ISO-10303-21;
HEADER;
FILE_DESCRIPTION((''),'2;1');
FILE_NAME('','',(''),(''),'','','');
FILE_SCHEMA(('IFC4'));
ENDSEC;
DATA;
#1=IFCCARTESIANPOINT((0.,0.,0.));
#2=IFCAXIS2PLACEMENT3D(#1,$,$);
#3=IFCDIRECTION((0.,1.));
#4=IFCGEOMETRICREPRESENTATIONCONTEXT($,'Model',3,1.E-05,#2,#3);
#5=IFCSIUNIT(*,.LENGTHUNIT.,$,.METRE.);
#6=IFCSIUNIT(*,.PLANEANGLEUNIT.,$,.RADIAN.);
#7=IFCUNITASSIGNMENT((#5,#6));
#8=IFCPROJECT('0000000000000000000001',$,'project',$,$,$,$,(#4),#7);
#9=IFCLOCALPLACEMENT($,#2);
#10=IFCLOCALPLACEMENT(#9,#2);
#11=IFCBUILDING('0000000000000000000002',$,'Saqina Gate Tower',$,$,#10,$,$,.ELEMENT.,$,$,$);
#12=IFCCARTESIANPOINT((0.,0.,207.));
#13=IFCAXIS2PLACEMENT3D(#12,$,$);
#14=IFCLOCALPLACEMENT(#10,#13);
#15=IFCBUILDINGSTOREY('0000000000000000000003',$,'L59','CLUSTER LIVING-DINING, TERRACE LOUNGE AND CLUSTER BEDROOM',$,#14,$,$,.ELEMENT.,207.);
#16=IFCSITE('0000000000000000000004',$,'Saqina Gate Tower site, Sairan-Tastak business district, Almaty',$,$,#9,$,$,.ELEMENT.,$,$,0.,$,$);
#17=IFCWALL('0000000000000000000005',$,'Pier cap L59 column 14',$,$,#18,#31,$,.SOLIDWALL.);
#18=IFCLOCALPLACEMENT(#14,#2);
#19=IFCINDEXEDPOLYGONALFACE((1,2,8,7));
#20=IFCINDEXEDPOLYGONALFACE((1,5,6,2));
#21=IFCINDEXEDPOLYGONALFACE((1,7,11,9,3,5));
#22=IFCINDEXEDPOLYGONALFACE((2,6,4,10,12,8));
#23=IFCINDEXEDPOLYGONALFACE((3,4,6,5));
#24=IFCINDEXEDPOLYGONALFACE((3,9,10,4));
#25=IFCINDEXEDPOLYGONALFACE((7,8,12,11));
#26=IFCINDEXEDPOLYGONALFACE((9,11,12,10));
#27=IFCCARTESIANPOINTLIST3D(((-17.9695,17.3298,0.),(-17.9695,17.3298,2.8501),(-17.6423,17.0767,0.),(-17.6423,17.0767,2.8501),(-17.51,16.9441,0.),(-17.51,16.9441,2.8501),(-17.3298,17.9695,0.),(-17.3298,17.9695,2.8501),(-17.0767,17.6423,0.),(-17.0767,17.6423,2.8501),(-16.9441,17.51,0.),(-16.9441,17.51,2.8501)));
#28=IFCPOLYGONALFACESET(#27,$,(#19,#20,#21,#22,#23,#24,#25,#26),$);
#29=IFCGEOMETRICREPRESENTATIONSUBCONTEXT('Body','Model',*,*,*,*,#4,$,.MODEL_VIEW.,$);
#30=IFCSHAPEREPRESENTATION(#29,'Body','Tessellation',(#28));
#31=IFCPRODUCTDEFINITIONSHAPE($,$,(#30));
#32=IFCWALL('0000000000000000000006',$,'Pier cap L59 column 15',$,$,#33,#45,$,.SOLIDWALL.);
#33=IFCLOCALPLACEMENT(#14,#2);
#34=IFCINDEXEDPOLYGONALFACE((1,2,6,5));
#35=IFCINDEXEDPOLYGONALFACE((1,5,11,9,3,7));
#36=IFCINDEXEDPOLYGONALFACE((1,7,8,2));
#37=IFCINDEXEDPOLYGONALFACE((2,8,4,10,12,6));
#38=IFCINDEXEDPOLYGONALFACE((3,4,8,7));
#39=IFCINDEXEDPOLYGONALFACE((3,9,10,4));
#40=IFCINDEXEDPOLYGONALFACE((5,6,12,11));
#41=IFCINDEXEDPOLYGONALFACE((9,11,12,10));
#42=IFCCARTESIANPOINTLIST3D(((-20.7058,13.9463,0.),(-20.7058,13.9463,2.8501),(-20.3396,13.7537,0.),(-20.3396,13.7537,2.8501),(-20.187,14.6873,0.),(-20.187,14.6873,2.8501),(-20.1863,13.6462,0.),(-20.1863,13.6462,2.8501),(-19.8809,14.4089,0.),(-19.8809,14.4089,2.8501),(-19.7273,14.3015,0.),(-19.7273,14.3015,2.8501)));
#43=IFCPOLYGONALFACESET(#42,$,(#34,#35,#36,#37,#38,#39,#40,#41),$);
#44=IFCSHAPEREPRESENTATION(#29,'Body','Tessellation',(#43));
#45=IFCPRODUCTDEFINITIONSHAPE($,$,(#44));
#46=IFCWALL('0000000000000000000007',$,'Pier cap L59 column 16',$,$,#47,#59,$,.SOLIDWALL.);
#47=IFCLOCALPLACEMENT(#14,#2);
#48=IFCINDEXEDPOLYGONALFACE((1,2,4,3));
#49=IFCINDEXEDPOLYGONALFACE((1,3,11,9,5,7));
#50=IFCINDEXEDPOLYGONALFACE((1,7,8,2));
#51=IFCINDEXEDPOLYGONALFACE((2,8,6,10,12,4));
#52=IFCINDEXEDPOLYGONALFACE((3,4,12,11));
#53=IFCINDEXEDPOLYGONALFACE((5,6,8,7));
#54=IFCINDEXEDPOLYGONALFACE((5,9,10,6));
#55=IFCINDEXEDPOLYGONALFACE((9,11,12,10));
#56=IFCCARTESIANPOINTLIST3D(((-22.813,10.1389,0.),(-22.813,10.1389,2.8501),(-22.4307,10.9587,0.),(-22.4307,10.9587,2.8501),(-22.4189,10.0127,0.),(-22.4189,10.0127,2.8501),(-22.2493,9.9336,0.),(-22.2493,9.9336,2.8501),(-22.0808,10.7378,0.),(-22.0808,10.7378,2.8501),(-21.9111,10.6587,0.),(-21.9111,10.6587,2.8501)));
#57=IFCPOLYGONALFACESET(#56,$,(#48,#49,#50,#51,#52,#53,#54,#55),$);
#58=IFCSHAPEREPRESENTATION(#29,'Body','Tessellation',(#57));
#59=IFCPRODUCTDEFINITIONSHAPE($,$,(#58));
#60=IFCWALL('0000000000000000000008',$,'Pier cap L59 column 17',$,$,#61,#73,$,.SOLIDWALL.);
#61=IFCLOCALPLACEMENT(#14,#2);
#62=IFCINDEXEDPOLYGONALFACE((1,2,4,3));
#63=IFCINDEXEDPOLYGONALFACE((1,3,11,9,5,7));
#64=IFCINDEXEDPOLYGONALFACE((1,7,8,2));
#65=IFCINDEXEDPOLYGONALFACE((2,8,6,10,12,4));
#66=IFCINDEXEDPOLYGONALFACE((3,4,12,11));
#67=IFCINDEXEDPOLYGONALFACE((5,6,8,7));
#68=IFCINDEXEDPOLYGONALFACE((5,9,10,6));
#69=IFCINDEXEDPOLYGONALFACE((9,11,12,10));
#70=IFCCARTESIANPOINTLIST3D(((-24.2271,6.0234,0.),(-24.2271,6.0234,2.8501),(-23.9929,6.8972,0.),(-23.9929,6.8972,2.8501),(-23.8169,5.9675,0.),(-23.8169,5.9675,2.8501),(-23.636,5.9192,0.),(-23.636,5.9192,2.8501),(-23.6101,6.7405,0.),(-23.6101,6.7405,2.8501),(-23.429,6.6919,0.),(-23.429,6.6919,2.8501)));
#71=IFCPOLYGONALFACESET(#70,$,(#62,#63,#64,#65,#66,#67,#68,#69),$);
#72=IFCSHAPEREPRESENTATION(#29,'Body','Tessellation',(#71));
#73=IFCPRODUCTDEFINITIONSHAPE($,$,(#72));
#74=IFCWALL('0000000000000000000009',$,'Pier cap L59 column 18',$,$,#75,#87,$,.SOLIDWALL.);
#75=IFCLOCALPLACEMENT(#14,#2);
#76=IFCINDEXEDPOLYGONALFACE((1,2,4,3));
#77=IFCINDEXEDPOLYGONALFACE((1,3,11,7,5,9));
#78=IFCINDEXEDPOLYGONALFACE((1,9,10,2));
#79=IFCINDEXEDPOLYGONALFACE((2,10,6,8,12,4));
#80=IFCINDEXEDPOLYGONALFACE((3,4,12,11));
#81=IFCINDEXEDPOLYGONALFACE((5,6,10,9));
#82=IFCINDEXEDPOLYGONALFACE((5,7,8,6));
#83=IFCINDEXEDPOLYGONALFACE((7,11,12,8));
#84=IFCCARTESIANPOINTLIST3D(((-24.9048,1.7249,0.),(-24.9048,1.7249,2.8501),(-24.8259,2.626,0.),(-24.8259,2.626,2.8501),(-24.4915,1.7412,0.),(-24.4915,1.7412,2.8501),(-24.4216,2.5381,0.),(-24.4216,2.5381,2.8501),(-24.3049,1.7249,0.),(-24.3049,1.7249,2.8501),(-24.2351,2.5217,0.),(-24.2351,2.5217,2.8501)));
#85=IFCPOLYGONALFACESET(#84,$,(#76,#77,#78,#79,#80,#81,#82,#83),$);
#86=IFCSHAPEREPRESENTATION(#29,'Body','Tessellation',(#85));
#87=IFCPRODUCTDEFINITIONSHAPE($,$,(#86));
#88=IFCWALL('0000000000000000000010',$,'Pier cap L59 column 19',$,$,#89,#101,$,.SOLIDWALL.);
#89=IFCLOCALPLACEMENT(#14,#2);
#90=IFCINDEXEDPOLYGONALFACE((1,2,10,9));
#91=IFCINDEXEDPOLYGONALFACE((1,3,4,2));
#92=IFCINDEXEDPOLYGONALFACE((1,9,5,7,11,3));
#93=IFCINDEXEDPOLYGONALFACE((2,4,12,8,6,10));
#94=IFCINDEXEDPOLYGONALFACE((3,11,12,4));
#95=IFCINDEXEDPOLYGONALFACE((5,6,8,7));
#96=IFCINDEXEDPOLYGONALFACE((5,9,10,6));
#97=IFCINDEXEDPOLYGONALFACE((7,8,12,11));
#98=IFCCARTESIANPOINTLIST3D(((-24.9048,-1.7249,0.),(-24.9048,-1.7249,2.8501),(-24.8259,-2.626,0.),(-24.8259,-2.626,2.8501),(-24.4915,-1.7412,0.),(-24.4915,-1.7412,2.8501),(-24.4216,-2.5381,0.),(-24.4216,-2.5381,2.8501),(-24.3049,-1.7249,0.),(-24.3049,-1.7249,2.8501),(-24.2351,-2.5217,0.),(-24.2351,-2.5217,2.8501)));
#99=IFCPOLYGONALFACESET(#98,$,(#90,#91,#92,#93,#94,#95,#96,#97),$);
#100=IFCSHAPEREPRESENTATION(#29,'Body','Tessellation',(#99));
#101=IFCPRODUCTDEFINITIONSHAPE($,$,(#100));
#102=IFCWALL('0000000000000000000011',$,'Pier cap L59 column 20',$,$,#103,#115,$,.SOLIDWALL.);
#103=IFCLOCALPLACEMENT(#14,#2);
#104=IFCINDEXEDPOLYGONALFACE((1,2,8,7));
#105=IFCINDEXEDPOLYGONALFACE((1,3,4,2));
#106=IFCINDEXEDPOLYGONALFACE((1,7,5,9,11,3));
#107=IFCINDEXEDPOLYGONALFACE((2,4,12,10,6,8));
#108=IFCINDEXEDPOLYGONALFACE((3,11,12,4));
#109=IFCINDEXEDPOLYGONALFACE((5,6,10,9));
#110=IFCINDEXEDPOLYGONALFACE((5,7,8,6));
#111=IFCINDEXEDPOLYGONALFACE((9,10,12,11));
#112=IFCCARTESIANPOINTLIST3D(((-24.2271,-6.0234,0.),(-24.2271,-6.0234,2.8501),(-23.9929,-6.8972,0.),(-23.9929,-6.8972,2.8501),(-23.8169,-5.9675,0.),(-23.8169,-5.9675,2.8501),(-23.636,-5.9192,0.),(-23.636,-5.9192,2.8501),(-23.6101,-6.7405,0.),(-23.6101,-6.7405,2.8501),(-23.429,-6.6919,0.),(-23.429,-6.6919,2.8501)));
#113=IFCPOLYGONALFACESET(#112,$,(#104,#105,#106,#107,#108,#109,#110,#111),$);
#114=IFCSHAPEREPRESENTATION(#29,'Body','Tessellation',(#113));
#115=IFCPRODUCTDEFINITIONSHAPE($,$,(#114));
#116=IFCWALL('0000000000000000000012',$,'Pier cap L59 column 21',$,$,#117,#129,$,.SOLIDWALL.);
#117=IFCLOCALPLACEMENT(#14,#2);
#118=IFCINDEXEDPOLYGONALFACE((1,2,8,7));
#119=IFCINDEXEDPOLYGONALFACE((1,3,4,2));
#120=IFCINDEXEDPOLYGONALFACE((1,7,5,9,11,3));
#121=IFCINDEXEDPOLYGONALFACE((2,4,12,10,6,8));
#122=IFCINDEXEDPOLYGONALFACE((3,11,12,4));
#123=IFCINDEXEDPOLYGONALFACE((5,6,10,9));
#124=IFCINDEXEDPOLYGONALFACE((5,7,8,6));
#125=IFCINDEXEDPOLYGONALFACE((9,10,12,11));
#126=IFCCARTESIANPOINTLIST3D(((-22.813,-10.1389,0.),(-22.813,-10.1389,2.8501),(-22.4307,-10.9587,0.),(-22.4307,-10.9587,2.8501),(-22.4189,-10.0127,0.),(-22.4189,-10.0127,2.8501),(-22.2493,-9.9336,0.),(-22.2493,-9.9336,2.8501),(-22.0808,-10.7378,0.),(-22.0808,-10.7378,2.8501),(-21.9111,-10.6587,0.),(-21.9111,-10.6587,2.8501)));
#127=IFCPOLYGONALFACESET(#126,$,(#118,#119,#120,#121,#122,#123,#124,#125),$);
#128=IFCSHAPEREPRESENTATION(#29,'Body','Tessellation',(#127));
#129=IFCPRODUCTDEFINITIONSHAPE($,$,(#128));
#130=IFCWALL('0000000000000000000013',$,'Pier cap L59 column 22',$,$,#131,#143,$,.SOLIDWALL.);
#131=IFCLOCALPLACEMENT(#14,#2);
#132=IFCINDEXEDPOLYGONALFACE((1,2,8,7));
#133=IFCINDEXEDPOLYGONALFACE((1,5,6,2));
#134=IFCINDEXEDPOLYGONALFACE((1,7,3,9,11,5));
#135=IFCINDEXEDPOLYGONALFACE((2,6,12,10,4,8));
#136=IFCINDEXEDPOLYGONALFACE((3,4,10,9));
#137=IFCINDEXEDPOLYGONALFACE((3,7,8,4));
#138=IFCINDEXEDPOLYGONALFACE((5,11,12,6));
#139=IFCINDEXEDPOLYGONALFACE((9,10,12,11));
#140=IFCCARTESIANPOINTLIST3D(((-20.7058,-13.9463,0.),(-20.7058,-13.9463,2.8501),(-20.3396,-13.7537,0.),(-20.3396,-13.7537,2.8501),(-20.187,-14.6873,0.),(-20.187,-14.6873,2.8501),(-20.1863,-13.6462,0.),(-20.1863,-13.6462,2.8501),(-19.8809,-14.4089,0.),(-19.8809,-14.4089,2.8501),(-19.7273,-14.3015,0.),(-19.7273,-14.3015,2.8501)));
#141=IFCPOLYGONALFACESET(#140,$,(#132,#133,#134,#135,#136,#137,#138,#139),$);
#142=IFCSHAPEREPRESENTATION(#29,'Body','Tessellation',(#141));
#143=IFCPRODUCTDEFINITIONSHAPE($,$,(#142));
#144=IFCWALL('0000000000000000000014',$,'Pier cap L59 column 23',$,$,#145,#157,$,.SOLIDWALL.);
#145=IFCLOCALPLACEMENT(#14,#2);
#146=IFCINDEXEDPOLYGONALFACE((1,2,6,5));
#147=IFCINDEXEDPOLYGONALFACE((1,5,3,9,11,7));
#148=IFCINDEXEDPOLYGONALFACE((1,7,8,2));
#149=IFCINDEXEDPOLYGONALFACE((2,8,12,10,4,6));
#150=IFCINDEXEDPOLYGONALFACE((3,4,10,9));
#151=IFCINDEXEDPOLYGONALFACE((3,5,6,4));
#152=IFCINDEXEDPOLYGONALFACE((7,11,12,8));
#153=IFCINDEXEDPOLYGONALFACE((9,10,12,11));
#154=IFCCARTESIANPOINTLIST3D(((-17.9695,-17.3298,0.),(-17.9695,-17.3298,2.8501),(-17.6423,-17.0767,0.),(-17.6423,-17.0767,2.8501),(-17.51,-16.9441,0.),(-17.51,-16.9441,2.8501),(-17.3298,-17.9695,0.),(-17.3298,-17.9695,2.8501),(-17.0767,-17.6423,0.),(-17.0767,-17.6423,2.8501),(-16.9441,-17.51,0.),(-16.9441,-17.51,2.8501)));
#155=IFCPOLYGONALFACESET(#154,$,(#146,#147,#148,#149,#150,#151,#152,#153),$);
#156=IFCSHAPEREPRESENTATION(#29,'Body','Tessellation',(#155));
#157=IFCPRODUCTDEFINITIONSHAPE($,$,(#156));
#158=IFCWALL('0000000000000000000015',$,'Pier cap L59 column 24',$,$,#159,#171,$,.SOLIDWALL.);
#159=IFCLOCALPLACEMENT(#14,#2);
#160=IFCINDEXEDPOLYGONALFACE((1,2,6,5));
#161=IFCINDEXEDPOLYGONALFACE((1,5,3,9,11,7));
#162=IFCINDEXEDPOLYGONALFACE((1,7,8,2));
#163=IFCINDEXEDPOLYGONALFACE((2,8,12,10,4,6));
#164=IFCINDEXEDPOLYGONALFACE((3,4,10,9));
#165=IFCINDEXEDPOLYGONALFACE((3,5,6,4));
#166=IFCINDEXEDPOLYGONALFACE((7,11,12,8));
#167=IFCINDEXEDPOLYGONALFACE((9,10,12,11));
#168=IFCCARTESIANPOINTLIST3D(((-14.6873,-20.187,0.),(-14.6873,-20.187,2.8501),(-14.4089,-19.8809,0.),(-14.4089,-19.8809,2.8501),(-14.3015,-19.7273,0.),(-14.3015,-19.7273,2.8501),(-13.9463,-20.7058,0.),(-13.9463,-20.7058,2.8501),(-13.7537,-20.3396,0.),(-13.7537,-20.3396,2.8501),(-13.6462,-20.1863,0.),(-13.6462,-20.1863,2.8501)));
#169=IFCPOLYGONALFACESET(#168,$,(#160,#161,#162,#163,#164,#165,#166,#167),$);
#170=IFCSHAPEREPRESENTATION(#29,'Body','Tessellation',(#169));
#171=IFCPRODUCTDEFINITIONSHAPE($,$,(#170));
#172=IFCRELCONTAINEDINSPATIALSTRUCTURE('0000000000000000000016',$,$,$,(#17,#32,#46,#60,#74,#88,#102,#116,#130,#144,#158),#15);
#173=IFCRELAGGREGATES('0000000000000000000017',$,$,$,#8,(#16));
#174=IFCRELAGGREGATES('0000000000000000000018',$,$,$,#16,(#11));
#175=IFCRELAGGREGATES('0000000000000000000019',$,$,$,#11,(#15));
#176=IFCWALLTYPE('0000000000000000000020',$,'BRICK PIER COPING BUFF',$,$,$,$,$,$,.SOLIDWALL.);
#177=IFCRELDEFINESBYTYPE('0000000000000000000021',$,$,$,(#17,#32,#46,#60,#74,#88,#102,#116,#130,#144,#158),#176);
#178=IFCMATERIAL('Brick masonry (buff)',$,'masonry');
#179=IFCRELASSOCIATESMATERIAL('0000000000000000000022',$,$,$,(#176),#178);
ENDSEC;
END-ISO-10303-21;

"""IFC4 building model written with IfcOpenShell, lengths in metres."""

from ifc_helpers import new_model, si_unit, direction, frame, origin, place, context, subcontext, project, spatial, polyline, outline, extrude, material, type_object, element, save


model = new_model("IFC4")

# Units and contexts
model_context = context("Model", 3, precision=1e-05, world=origin(), true_north=direction((0.0, 1.0)))
body_context = subcontext(model_context, "Body", "Model", "MODEL_VIEW")
ifc_project = project(units=[si_unit("LENGTHUNIT", "METRE"), si_unit("PLANEANGLEUNIT", "RADIAN")], contexts=[model_context])

# Site, building, storey
site_placement = place(None, origin())
site = spatial("IfcSite", under=ifc_project, at=site_placement, Name="Saqina Gate Tower site, Sairan-Tastak business district, Almaty", CompositionType="ELEMENT", RefElevation=0.0)
building_placement = place(site_placement, origin())
building = spatial("IfcBuilding", under=site, at=building_placement, Name="Saqina Gate Tower", CompositionType="ELEMENT")
storey_placement = place(building_placement, frame((0.0, 0.0, 207.0)))
storey = spatial("IfcBuildingStorey", under=building, at=storey_placement, Name="L59", Description="CLUSTER LIVING-DINING, TERRACE LOUNGE AND CLUSTER BEDROOM", CompositionType="ELEMENT", Elevation=207.0)

# Walls
ifc_material = material(Name="Brick masonry (buff)", Category="masonry")
wall_type = type_object("IfcWallType", Name="BRICK PIER COPING BUFF", PredefinedType="SOLIDWALL", material=ifc_material)
wall_1_placement = place(storey_placement, origin())
element("IfcWall", 1, at=wall_1_placement, inside=storey, type_object=wall_type, Name="Pier cap L59 column 14", PredefinedType="SOLIDWALL", context=body_context, shape_type="SweptSolid", body=[
    extrude(outline(polyline([(-17.9695, 17.3298), (-17.51, 16.9441), (-17.6423, 17.0767), (-17.0767, 17.6423), (-16.9441, 17.51), (-17.3298, 17.9695), (-17.9695, 17.3298)])), origin(), (0.0, 0.0, 1.0), 2.8501),
])
wall_2_placement = place(storey_placement, origin())
element("IfcWall", 2, at=wall_2_placement, inside=storey, type_object=wall_type, Name="Pier cap L59 column 15", PredefinedType="SOLIDWALL", context=body_context, shape_type="SweptSolid", body=[
    extrude(outline(polyline([(-20.187, 14.6873), (-20.7058, 13.9463), (-20.1863, 13.6462), (-20.3396, 13.7537), (-19.8809, 14.4089), (-19.7273, 14.3015), (-20.187, 14.6873)])), origin(), (0.0, 0.0, 1.0), 2.8501),
])
wall_3_placement = place(storey_placement, origin())
element("IfcWall", 3, at=wall_3_placement, inside=storey, type_object=wall_type, Name="Pier cap L59 column 16", PredefinedType="SOLIDWALL", context=body_context, shape_type="SweptSolid", body=[
    extrude(outline(polyline([(-22.813, 10.1389), (-22.2493, 9.9336), (-22.4189, 10.0127), (-22.0808, 10.7378), (-21.9111, 10.6587), (-22.4307, 10.9587), (-22.813, 10.1389)])), origin(), (0.0, 0.0, 1.0), 2.8501),
])
wall_4_placement = place(storey_placement, origin())
element("IfcWall", 4, at=wall_4_placement, inside=storey, type_object=wall_type, Name="Pier cap L59 column 17", PredefinedType="SOLIDWALL", context=body_context, shape_type="SweptSolid", body=[
    extrude(outline(polyline([(-24.2271, 6.0234), (-23.636, 5.9192), (-23.8169, 5.9675), (-23.6101, 6.7405), (-23.429, 6.6919), (-23.9929, 6.8972), (-24.2271, 6.0234)])), origin(), (0.0, 0.0, 1.0), 2.8501),
])
wall_5_placement = place(storey_placement, origin())
element("IfcWall", 5, at=wall_5_placement, inside=storey, type_object=wall_type, Name="Pier cap L59 column 18", PredefinedType="SOLIDWALL", context=body_context, shape_type="SweptSolid", body=[
    extrude(outline(polyline([(-24.8259, 2.626), (-24.9048, 1.7249), (-24.3049, 1.7249), (-24.4915, 1.7412), (-24.4216, 2.5381), (-24.2351, 2.5217), (-24.8259, 2.626)])), origin(), (0.0, 0.0, 1.0), 2.8501),
])
wall_6_placement = place(storey_placement, origin())
element("IfcWall", 6, at=wall_6_placement, inside=storey, type_object=wall_type, Name="Pier cap L59 column 19", PredefinedType="SOLIDWALL", context=body_context, shape_type="SweptSolid", body=[
    extrude(outline(polyline([(-24.9048, -1.7249), (-24.8259, -2.626), (-24.2351, -2.5217), (-24.4216, -2.5381), (-24.4915, -1.7412), (-24.3049, -1.7249), (-24.9048, -1.7249)])), origin(), (0.0, 0.0, 1.0), 2.8501),
])
wall_7_placement = place(storey_placement, origin())
element("IfcWall", 7, at=wall_7_placement, inside=storey, type_object=wall_type, Name="Pier cap L59 column 20", PredefinedType="SOLIDWALL", context=body_context, shape_type="SweptSolid", body=[
    extrude(outline(polyline([(-24.2271, -6.0234), (-23.9929, -6.8972), (-23.429, -6.6919), (-23.6101, -6.7405), (-23.8169, -5.9675), (-23.636, -5.9192), (-24.2271, -6.0234)])), origin(), (0.0, 0.0, 1.0), 2.8501),
])
wall_8_placement = place(storey_placement, origin())
element("IfcWall", 8, at=wall_8_placement, inside=storey, type_object=wall_type, Name="Pier cap L59 column 21", PredefinedType="SOLIDWALL", context=body_context, shape_type="SweptSolid", body=[
    extrude(outline(polyline([(-22.4307, -10.9587), (-21.9111, -10.6587), (-22.0808, -10.7378), (-22.4189, -10.0127), (-22.2493, -9.9336), (-22.813, -10.1389), (-22.4307, -10.9587)])), origin(), (0.0, 0.0, 1.0), 2.8501),
])
wall_9_placement = place(storey_placement, origin())
element("IfcWall", 9, at=wall_9_placement, inside=storey, type_object=wall_type, Name="Pier cap L59 column 22", PredefinedType="SOLIDWALL", context=body_context, shape_type="SweptSolid", body=[
    extrude(outline(polyline([(-20.7058, -13.9463), (-20.187, -14.6873), (-19.7273, -14.3015), (-19.8809, -14.4089), (-20.3396, -13.7537), (-20.1863, -13.6462), (-20.7058, -13.9463)])), origin(), (0.0, 0.0, 1.0), 2.8501),
])
wall_10_placement = place(storey_placement, origin())
element("IfcWall", 10, at=wall_10_placement, inside=storey, type_object=wall_type, Name="Pier cap L59 column 23", PredefinedType="SOLIDWALL", context=body_context, shape_type="SweptSolid", body=[
    extrude(outline(polyline([(-17.3298, -17.9695), (-16.9441, -17.51), (-17.0767, -17.6423), (-17.6423, -17.0767), (-17.51, -16.9441), (-17.9695, -17.3298), (-17.3298, -17.9695)])), origin(), (0.0, 0.0, 1.0), 2.8501),
])
wall_11_placement = place(storey_placement, origin())
element("IfcWall", 11, at=wall_11_placement, inside=storey, type_object=wall_type, Name="Pier cap L59 column 24", PredefinedType="SOLIDWALL", context=body_context, shape_type="SweptSolid", body=[
    extrude(outline(polyline([(-14.6873, -20.187), (-13.9463, -20.7058), (-13.6462, -20.1863), (-13.7537, -20.3396), (-14.4089, -19.8809), (-14.3015, -19.7273), (-14.6873, -20.187)])), origin(), (0.0, 0.0, 1.0), 2.8501),
])

save(model, "model.ifc")
